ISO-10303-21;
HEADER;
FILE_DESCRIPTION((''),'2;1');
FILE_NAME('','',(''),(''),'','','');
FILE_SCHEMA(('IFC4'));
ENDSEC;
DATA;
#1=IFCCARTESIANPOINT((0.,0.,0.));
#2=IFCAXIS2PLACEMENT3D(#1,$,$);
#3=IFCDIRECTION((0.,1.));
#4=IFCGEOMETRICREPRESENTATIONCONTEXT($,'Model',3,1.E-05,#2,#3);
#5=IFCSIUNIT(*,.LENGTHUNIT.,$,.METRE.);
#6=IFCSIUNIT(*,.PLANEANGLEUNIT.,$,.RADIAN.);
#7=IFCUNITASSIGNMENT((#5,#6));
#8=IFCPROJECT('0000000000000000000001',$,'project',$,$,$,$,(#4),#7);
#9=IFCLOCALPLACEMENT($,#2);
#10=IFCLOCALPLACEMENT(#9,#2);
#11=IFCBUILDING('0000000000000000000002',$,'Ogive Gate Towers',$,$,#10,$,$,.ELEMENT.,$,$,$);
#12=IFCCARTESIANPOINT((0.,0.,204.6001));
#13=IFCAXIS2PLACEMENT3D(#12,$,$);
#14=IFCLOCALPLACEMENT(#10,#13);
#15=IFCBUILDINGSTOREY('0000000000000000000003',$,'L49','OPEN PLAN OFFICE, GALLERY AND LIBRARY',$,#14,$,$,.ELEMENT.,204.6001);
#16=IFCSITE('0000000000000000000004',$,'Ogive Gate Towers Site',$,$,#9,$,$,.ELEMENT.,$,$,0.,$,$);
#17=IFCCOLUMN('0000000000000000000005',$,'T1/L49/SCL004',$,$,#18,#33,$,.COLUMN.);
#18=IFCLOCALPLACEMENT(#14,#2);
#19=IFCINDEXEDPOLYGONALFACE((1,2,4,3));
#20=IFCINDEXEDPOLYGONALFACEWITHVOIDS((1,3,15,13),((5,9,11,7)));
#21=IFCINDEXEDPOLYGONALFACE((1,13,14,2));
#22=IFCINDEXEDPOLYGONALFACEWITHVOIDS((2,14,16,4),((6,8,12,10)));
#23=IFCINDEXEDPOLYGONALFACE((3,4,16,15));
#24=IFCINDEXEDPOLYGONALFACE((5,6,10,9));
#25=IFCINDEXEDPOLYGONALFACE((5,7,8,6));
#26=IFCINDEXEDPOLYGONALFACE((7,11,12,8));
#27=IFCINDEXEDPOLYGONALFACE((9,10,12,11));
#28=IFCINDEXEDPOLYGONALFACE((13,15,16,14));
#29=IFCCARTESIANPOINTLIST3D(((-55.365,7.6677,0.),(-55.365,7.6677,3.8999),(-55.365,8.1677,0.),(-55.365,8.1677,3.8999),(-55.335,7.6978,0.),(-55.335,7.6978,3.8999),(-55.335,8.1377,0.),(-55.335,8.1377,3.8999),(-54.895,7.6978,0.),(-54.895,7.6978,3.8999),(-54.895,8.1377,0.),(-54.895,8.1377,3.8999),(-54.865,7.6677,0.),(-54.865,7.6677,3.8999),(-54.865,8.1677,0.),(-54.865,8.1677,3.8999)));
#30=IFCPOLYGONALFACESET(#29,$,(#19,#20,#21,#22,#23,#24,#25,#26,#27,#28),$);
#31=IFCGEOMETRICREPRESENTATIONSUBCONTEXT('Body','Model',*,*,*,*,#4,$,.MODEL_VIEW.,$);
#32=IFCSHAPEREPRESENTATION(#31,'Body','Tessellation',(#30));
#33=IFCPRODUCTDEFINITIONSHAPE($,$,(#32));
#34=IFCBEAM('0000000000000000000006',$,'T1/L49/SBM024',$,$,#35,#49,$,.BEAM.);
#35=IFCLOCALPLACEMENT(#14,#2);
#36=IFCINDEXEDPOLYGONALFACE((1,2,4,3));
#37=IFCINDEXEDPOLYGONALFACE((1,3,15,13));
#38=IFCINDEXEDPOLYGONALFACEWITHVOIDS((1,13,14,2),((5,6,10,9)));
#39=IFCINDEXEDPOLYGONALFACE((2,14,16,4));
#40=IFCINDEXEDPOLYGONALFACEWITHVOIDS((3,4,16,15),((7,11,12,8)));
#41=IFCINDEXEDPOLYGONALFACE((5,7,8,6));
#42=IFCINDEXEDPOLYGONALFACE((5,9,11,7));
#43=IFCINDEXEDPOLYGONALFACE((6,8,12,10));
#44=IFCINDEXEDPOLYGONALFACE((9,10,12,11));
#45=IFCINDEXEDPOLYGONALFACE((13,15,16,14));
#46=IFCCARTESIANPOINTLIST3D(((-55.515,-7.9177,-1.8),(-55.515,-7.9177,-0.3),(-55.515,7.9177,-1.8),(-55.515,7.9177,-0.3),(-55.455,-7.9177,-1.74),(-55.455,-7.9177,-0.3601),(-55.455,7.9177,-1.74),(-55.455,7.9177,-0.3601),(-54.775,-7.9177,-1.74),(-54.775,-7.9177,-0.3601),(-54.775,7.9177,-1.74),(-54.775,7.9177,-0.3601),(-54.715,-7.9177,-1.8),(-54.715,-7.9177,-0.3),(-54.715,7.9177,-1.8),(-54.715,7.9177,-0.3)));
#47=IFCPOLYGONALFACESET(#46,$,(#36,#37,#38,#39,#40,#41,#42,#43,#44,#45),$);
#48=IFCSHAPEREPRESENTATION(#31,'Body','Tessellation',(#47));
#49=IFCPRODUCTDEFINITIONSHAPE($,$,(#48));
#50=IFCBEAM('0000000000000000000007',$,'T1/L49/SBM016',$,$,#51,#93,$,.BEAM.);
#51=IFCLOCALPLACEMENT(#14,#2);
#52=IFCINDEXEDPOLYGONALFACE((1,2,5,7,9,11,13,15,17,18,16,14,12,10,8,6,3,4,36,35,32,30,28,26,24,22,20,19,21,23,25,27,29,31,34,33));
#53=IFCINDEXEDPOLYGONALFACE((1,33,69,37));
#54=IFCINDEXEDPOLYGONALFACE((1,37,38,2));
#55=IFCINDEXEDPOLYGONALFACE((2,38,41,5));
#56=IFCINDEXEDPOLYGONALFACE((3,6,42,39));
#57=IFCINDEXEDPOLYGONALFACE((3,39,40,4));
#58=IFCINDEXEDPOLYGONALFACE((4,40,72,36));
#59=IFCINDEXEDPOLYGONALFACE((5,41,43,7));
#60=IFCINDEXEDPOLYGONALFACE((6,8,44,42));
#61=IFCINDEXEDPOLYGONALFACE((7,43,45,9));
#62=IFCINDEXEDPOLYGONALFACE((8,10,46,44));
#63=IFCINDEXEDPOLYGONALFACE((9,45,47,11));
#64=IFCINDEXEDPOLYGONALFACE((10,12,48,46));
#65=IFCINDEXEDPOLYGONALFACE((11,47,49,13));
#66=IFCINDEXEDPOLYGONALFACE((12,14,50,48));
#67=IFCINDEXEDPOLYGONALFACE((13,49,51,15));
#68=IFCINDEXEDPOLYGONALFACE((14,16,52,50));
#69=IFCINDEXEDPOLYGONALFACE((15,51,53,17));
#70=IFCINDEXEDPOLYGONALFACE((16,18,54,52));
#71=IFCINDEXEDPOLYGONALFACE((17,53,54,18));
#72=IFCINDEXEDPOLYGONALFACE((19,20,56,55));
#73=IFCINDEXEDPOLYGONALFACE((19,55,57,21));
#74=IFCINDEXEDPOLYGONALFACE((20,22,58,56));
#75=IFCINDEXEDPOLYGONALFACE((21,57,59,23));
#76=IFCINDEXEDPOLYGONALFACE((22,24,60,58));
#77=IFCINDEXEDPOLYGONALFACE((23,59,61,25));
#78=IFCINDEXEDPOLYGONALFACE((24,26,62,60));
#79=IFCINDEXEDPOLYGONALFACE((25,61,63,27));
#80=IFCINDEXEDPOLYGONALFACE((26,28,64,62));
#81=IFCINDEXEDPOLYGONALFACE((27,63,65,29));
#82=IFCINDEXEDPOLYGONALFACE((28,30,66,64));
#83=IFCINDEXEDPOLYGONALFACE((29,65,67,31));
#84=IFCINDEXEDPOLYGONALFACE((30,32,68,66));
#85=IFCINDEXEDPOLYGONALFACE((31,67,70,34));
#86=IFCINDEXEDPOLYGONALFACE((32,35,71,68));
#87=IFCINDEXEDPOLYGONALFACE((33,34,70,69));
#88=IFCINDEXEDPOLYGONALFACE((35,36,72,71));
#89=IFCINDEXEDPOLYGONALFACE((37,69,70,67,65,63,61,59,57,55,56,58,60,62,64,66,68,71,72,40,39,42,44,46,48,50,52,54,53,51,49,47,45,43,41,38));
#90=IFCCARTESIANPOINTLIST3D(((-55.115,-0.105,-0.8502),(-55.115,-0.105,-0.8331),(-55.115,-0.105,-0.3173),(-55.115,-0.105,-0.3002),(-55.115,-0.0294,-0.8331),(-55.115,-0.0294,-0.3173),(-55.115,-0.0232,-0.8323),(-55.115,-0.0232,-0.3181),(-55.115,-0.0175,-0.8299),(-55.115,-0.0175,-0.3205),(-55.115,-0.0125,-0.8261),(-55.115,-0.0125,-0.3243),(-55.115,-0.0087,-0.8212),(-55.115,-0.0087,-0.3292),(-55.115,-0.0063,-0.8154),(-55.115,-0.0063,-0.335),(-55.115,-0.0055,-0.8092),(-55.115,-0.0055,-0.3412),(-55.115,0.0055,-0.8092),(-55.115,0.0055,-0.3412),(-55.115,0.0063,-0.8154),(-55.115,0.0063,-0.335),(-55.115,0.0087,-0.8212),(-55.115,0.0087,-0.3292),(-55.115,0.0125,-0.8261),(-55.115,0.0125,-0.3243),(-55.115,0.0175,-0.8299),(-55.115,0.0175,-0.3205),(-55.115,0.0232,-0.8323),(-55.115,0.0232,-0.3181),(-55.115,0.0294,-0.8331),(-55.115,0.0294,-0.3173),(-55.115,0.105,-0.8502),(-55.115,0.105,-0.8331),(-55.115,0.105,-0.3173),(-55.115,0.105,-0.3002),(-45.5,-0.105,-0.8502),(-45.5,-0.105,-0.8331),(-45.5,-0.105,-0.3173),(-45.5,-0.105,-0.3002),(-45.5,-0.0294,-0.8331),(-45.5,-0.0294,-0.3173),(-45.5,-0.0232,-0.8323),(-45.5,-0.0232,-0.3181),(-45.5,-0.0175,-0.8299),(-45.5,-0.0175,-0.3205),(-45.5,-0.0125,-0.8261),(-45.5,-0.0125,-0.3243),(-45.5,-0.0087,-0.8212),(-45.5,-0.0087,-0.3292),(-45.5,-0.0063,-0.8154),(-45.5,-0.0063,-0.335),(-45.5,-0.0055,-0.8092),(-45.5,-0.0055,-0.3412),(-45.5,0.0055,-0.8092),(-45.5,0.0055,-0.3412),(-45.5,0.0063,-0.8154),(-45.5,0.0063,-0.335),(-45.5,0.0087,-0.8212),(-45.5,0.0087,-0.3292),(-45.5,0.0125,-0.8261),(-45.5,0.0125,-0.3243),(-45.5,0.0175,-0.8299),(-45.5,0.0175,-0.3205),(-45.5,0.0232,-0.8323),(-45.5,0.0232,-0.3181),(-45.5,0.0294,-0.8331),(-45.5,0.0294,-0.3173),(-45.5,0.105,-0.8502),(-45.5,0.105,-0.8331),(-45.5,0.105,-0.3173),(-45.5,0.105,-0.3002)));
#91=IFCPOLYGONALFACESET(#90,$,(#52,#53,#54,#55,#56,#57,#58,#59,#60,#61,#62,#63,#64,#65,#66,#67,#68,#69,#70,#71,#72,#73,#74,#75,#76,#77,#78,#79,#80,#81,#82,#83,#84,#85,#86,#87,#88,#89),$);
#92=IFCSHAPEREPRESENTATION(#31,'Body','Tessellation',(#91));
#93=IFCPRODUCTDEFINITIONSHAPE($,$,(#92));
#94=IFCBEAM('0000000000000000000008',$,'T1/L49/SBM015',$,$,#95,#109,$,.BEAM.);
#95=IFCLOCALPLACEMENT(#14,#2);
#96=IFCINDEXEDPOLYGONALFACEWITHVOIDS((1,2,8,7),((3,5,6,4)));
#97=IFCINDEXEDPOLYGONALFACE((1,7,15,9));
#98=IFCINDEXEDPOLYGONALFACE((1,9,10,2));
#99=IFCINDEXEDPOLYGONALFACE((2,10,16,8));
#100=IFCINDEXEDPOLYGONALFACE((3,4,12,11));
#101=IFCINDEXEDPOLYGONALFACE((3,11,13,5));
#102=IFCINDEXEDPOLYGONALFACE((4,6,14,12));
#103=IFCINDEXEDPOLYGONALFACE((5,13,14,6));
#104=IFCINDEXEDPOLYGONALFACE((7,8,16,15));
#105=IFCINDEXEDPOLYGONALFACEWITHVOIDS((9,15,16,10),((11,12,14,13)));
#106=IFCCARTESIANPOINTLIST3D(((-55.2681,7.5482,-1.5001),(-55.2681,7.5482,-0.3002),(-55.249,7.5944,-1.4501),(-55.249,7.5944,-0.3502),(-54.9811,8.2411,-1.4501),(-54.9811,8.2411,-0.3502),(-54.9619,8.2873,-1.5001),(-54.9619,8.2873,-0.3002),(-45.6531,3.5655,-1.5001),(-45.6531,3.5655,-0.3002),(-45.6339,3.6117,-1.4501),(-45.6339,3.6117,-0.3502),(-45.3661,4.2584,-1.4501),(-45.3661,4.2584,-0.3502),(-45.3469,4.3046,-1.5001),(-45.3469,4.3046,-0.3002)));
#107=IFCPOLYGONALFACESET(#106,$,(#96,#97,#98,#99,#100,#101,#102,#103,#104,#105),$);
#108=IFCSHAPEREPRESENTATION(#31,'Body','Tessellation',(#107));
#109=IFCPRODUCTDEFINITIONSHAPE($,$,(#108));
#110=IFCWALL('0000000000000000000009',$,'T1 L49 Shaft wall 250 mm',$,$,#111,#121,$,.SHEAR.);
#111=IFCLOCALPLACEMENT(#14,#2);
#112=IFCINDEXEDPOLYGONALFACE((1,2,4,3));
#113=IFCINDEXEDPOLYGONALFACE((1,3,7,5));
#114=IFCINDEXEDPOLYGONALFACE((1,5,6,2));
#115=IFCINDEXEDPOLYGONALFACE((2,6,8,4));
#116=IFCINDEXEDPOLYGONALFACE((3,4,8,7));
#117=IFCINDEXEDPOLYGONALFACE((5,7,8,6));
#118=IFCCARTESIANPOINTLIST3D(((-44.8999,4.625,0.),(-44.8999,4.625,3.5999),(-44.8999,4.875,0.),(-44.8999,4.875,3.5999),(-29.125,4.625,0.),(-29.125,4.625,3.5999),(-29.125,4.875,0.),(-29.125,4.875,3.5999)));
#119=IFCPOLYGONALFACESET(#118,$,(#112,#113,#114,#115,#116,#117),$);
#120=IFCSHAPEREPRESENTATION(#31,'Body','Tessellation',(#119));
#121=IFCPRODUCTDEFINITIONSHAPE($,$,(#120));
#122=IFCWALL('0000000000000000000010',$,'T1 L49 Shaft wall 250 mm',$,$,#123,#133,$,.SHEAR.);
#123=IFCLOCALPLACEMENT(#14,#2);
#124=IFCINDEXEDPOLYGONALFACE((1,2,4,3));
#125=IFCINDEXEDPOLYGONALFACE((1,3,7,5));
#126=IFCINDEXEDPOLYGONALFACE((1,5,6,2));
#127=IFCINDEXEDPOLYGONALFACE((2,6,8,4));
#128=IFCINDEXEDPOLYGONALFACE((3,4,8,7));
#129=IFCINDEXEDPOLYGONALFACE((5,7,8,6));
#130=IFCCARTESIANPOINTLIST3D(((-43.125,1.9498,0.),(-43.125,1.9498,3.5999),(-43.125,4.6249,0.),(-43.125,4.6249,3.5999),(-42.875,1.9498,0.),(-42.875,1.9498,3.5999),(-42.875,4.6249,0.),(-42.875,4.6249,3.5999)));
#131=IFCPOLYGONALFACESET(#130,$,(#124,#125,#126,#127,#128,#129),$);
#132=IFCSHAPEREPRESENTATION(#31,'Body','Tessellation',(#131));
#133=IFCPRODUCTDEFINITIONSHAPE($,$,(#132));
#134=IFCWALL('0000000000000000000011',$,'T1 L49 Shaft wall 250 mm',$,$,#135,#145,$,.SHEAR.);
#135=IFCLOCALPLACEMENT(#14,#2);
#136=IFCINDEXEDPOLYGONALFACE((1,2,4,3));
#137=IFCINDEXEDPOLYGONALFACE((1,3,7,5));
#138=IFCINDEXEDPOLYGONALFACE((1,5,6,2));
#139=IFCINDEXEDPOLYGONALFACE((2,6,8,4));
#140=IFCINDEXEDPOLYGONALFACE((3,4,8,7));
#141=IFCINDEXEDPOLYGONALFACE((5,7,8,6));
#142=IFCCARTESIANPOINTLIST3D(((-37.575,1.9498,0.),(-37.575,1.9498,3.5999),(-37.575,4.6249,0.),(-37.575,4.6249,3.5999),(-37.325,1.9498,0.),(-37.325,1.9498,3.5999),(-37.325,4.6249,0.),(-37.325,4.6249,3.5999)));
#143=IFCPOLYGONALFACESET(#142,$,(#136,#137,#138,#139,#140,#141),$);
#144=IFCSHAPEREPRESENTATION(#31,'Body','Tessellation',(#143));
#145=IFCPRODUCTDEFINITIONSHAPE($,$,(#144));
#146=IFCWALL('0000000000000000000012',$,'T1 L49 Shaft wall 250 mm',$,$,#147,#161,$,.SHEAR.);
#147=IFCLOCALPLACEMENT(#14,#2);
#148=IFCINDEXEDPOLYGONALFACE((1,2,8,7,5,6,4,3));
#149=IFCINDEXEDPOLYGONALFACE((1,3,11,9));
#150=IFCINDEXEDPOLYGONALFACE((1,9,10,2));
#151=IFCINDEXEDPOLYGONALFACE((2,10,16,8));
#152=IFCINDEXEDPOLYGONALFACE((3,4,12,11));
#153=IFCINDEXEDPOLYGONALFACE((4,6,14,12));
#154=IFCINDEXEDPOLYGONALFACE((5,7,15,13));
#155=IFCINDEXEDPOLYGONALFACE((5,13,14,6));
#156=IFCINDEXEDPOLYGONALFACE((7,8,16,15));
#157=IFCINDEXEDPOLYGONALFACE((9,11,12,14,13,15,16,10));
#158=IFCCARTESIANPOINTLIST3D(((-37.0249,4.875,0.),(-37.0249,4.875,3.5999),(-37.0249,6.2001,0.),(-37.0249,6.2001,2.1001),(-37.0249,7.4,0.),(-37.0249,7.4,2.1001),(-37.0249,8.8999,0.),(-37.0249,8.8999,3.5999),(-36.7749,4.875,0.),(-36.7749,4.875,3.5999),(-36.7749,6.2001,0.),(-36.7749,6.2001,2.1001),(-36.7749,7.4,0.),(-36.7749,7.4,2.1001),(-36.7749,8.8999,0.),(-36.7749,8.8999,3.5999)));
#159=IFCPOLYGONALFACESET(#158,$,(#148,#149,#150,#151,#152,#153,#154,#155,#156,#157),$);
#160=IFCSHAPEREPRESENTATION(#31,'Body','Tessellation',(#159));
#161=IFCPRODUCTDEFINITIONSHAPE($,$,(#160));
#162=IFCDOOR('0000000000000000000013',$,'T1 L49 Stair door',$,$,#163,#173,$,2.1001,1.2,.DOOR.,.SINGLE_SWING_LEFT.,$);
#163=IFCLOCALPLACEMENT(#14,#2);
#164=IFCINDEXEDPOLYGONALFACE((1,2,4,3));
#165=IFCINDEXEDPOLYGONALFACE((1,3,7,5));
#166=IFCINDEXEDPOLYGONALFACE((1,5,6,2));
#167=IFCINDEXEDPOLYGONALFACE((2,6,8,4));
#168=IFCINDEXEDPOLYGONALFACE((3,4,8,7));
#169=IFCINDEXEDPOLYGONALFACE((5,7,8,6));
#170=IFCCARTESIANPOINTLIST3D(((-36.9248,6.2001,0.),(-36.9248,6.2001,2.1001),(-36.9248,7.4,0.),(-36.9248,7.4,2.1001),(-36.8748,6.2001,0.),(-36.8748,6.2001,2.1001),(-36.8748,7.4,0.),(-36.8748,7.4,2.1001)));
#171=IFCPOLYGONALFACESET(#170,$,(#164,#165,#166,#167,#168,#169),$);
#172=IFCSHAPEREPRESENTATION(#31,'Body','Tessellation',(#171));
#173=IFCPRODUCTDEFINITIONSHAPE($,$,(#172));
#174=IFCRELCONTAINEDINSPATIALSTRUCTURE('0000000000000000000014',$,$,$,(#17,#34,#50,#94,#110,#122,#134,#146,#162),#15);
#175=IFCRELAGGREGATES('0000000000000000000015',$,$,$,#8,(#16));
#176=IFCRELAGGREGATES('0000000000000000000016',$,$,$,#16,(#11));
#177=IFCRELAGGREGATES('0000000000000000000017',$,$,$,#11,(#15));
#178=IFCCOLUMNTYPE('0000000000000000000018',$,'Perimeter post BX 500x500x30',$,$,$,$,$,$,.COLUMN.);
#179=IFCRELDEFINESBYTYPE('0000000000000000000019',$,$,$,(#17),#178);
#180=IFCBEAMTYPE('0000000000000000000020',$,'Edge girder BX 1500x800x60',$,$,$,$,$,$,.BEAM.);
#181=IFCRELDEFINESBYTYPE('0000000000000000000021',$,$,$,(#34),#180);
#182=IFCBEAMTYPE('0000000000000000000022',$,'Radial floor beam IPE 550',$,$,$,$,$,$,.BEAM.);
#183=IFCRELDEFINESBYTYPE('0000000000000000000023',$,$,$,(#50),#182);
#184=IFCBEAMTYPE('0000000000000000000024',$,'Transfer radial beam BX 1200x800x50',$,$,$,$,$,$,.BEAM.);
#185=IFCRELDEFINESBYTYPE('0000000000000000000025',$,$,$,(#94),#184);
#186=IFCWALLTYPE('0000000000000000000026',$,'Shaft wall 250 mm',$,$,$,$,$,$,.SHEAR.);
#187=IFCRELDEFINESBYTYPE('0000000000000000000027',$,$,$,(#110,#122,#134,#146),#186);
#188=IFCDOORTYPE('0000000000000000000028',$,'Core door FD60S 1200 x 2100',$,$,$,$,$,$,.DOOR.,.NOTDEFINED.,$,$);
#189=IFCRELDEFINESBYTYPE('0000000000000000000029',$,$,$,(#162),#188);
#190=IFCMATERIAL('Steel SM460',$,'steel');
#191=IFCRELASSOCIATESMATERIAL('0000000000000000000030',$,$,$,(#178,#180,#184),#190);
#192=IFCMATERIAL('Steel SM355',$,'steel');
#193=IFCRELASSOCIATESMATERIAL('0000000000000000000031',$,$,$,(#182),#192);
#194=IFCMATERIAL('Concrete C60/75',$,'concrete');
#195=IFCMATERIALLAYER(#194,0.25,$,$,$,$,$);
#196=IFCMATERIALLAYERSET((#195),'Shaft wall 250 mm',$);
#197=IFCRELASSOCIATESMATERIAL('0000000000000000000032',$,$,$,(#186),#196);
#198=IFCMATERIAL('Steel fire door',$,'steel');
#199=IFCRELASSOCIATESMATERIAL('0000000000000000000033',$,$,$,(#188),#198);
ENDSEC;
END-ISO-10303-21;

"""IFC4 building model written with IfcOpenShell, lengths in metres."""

from ifc_helpers import new_model, si_unit, direction, frame, frame_2d, origin, origin_2d, place, context, subcontext, project, spatial, rectangle, hollow_rectangle, i_section, extrude, material, layer, layer_set, material_profile, profile_set, type_object, element, fill, save


model = new_model("IFC4")

# Units and contexts
model_context = context("Model", 3, precision=1e-05, world=origin(), true_north=direction((0.0, 1.0)))
body_context = subcontext(model_context, "Body", "Model", "MODEL_VIEW")
ifc_project = project(units=[si_unit("LENGTHUNIT", "METRE"), si_unit("PLANEANGLEUNIT", "RADIAN")], contexts=[model_context])

# Site, building, storey
site_placement = place(None, origin())
site = spatial("IfcSite", under=ifc_project, at=site_placement, Name="Ogive Gate Towers Site", CompositionType="ELEMENT", RefElevation=0.0)
building_placement = place(site_placement, origin())
building = spatial("IfcBuilding", under=site, at=building_placement, Name="Ogive Gate Towers", CompositionType="ELEMENT")
storey_placement = place(building_placement, frame((0.0, 0.0, 204.6001)))
storey = spatial("IfcBuildingStorey", under=building, at=storey_placement, Name="L49", Description="OPEN PLAN OFFICE, GALLERY AND LIBRARY", CompositionType="ELEMENT", Elevation=204.6001)

# Column
ifc_material_1 = material(Name="Steel SM460", Category="steel")
ifc_material_profile_1 = material_profile(ifc_material_1, hollow_rectangle(XDim=0.5, YDim=0.5, WallThickness=0.03, at=origin_2d()), Name="BX 500x500x30")
ifc_profile_set_1 = profile_set([ifc_material_profile_1], Name="Steel SM460")
column_type = type_object("IfcColumnType", Name="Perimeter post BX 500x500x30", PredefinedType="COLUMN", material=ifc_profile_set_1)
column_placement = place(storey_placement, frame((-55.115, 7.9177, 0.0), z_axis=(0.0, 0.0, 1.0), x_axis=(1.0, 0.0, 0.0)))
element("IfcColumn", 1, at=column_placement, inside=storey, type_object=column_type, Name="T1/L49/SCL004", PredefinedType="COLUMN", context=body_context, shape_type="SweptSolid", body=[
    extrude(hollow_rectangle(XDim=0.5, YDim=0.5, WallThickness=0.03, at=origin_2d()), origin(), (0.0, 0.0, 1.0), 3.8999),
])

# Beams
ifc_material_profile_2 = material_profile(ifc_material_1, hollow_rectangle(XDim=0.8, YDim=1.5, WallThickness=0.0601, at=origin_2d()), Name="BX 1500x800x60")
ifc_profile_set_2 = profile_set([ifc_material_profile_2], Name="Steel SM460")
beam_type_1 = type_object("IfcBeamType", Name="Edge girder BX 1500x800x60", PredefinedType="BEAM", material=ifc_profile_set_2)
beam_1_placement = place(storey_placement, frame((-55.115, 7.9177, -1.05), z_axis=(0.0, -1.0, 0.0), x_axis=(1.0, 0.0, 0.0)))
element("IfcBeam", 2, at=beam_1_placement, inside=storey, type_object=beam_type_1, Name="T1/L49/SBM024", PredefinedType="BEAM", context=body_context, shape_type="SweptSolid", body=[
    extrude(hollow_rectangle(XDim=0.8, YDim=1.5, WallThickness=0.0601, at=origin_2d()), origin(), (0.0, 0.0, 1.0), 15.8354),
])
ifc_material_2 = material(Name="Steel SM355", Category="steel")
ifc_material_profile_3 = material_profile(ifc_material_2, i_section(OverallWidth=0.21, OverallDepth=0.55, WebThickness=0.011, FlangeThickness=0.0171, FilletRadius=0.0239, at=origin_2d()), Name="IPE 550")
ifc_profile_set_3 = profile_set([ifc_material_profile_3], Name="Steel SM355")
beam_type_2 = type_object("IfcBeamType", Name="Radial floor beam IPE 550", PredefinedType="BEAM", material=ifc_profile_set_3)
beam_2_placement = place(storey_placement, frame((-45.5, 0.0, -0.5752), z_axis=(-1.0, 0.0, 0.0), x_axis=(0.0, -1.0, 0.0)))
element("IfcBeam", 3, at=beam_2_placement, inside=storey, type_object=beam_type_2, Name="T1/L49/SBM016", PredefinedType="BEAM", context=body_context, shape_type="SweptSolid", body=[
    extrude(i_section(OverallWidth=0.21, OverallDepth=0.55, WebThickness=0.011, FlangeThickness=0.0171, FilletRadius=0.0239, at=origin_2d()), origin(), (0.0, 0.0, 1.0), 9.615),
])
ifc_material_profile_4 = material_profile(ifc_material_1, hollow_rectangle(XDim=0.8, YDim=1.2, WallThickness=0.05, at=origin_2d()), Name="BX 1200x800x50")
ifc_profile_set_4 = profile_set([ifc_material_profile_4], Name="Steel SM460")
beam_type_3 = type_object("IfcBeamType", Name="Transfer radial beam BX 1200x800x50", PredefinedType="BEAM", material=ifc_profile_set_4)
beam_3_placement = place(storey_placement, frame((-45.5, 3.9351, -0.9001), z_axis=(-0.923879, 0.382684, 0.0), x_axis=(-0.382684, -0.923879, 0.0)))
element("IfcBeam", 4, at=beam_3_placement, inside=storey, type_object=beam_type_3, Name="T1/L49/SBM015", PredefinedType="BEAM", context=body_context, shape_type="SweptSolid", body=[
    extrude(hollow_rectangle(XDim=0.8, YDim=1.2, WallThickness=0.05, at=origin_2d()), origin(), (0.0, 0.0, 1.0), 10.4072),
])

# Walls
ifc_material_3 = material(Name="Concrete C60/75", Category="concrete")
ifc_layer_1 = layer(ifc_material_3, 0.25)
ifc_layer_set_1 = layer_set([ifc_layer_1], Name="Shaft wall 250 mm")
wall_type_1 = type_object("IfcWallType", Name="Shaft wall 250 mm", PredefinedType="SHEAR", material=ifc_layer_set_1)
wall_1_placement = place(storey_placement, frame((-44.8999, 4.75, 0.0), z_axis=(0.0, 0.0, 1.0), x_axis=(1.0, 0.0, 0.0)))
element("IfcWall", 5, at=wall_1_placement, inside=storey, type_object=wall_type_1, Name="T1 L49 Shaft wall 250 mm", PredefinedType="SHEAR", context=body_context, shape_type="SweptSolid", body=[
    extrude(rectangle(XDim=15.7749, YDim=0.25, at=frame_2d((7.8875, 0.0))), origin(), (0.0, 0.0, 1.0), 3.5999),
])
for number, where, z_axis, x_axis, name in (
    (6, (-43.0, 1.95, 0.0), (0.0, 0.0, 1.0), (0.0, 1.0, 0.0), "T1 L49 Shaft wall 250 mm"),
    (7, (-37.45, 1.95, 0.0), (0.0, 0.0, 1.0), (0.0, 1.0, 0.0), "T1 L49 Shaft wall 250 mm"),
):
    element("IfcWall", number, at=place(storey_placement, frame(where, z_axis=z_axis, x_axis=x_axis)), inside=storey, type_object=wall_type_1, Name=name, PredefinedType="SHEAR", context=body_context, shape_type="SweptSolid", body=[
        extrude(rectangle(XDim=2.675, YDim=0.25, at=frame_2d((1.3374, 0.0))), origin(), (0.0, 0.0, 1.0), 3.5999),
    ])

# Wall, opening, door
wall_2_placement = place(storey_placement, frame((-36.8999, 4.875, 0.0), z_axis=(0.0, 0.0, 1.0), x_axis=(0.0, 1.0, 0.0)))
wall_2 = element("IfcWall", 8, at=wall_2_placement, inside=storey, type_object=wall_type_1, Name="T1 L49 Shaft wall 250 mm", PredefinedType="SHEAR", context=body_context, shape_type="SweptSolid", body=[
    extrude(rectangle(XDim=4.0249, YDim=0.25, at=frame_2d((2.0125, 0.0))), origin(), (0.0, 0.0, 1.0), 3.5999),
])
opening_1_placement = place(wall_2_placement, frame((1.325, 0.0, 0.0)))
opening_1 = element("IfcOpeningElement", 9, at=opening_1_placement, cuts=wall_2, PredefinedType="OPENING", context=body_context, shape_type="SweptSolid", body=[
    extrude(rectangle(XDim=1.2, YDim=2.1001, at=frame_2d((0.6001, 1.05))), frame((0.0, 0.135, 0.0), z_axis=(0.0, -1.0, 0.0), x_axis=(1.0, 0.0, 0.0)), (0.0, 0.0, 1.0), 0.27),
])
ifc_material_4 = material(Name="Steel fire door", Category="steel")
door_type_1 = type_object("IfcDoorType", Name="Core door FD60S 1200 x 2100", OperationType="NOTDEFINED", PredefinedType="DOOR", material=ifc_material_4)
door_1_placement = place(opening_1_placement, origin())
door_1 = element("IfcDoor", 10, at=door_1_placement, inside=storey, type_object=door_type_1, Name="T1 L49 Stair door", OperationType="SINGLE_SWING_LEFT", OverallHeight=2.1001, OverallWidth=1.2, PredefinedType="DOOR", context=body_context, shape_type="SweptSolid", body=[
    extrude(rectangle(XDim=1.2, YDim=2.1001, at=frame_2d((0.6001, 1.05))), frame((0.0, 0.0249, 0.0), z_axis=(0.0, -1.0, 0.0), x_axis=(1.0, 0.0, 0.0)), (0.0, 0.0, 1.0), 0.05),
])
fill(opening_1, door_1)

save(model, "model.ifc")
